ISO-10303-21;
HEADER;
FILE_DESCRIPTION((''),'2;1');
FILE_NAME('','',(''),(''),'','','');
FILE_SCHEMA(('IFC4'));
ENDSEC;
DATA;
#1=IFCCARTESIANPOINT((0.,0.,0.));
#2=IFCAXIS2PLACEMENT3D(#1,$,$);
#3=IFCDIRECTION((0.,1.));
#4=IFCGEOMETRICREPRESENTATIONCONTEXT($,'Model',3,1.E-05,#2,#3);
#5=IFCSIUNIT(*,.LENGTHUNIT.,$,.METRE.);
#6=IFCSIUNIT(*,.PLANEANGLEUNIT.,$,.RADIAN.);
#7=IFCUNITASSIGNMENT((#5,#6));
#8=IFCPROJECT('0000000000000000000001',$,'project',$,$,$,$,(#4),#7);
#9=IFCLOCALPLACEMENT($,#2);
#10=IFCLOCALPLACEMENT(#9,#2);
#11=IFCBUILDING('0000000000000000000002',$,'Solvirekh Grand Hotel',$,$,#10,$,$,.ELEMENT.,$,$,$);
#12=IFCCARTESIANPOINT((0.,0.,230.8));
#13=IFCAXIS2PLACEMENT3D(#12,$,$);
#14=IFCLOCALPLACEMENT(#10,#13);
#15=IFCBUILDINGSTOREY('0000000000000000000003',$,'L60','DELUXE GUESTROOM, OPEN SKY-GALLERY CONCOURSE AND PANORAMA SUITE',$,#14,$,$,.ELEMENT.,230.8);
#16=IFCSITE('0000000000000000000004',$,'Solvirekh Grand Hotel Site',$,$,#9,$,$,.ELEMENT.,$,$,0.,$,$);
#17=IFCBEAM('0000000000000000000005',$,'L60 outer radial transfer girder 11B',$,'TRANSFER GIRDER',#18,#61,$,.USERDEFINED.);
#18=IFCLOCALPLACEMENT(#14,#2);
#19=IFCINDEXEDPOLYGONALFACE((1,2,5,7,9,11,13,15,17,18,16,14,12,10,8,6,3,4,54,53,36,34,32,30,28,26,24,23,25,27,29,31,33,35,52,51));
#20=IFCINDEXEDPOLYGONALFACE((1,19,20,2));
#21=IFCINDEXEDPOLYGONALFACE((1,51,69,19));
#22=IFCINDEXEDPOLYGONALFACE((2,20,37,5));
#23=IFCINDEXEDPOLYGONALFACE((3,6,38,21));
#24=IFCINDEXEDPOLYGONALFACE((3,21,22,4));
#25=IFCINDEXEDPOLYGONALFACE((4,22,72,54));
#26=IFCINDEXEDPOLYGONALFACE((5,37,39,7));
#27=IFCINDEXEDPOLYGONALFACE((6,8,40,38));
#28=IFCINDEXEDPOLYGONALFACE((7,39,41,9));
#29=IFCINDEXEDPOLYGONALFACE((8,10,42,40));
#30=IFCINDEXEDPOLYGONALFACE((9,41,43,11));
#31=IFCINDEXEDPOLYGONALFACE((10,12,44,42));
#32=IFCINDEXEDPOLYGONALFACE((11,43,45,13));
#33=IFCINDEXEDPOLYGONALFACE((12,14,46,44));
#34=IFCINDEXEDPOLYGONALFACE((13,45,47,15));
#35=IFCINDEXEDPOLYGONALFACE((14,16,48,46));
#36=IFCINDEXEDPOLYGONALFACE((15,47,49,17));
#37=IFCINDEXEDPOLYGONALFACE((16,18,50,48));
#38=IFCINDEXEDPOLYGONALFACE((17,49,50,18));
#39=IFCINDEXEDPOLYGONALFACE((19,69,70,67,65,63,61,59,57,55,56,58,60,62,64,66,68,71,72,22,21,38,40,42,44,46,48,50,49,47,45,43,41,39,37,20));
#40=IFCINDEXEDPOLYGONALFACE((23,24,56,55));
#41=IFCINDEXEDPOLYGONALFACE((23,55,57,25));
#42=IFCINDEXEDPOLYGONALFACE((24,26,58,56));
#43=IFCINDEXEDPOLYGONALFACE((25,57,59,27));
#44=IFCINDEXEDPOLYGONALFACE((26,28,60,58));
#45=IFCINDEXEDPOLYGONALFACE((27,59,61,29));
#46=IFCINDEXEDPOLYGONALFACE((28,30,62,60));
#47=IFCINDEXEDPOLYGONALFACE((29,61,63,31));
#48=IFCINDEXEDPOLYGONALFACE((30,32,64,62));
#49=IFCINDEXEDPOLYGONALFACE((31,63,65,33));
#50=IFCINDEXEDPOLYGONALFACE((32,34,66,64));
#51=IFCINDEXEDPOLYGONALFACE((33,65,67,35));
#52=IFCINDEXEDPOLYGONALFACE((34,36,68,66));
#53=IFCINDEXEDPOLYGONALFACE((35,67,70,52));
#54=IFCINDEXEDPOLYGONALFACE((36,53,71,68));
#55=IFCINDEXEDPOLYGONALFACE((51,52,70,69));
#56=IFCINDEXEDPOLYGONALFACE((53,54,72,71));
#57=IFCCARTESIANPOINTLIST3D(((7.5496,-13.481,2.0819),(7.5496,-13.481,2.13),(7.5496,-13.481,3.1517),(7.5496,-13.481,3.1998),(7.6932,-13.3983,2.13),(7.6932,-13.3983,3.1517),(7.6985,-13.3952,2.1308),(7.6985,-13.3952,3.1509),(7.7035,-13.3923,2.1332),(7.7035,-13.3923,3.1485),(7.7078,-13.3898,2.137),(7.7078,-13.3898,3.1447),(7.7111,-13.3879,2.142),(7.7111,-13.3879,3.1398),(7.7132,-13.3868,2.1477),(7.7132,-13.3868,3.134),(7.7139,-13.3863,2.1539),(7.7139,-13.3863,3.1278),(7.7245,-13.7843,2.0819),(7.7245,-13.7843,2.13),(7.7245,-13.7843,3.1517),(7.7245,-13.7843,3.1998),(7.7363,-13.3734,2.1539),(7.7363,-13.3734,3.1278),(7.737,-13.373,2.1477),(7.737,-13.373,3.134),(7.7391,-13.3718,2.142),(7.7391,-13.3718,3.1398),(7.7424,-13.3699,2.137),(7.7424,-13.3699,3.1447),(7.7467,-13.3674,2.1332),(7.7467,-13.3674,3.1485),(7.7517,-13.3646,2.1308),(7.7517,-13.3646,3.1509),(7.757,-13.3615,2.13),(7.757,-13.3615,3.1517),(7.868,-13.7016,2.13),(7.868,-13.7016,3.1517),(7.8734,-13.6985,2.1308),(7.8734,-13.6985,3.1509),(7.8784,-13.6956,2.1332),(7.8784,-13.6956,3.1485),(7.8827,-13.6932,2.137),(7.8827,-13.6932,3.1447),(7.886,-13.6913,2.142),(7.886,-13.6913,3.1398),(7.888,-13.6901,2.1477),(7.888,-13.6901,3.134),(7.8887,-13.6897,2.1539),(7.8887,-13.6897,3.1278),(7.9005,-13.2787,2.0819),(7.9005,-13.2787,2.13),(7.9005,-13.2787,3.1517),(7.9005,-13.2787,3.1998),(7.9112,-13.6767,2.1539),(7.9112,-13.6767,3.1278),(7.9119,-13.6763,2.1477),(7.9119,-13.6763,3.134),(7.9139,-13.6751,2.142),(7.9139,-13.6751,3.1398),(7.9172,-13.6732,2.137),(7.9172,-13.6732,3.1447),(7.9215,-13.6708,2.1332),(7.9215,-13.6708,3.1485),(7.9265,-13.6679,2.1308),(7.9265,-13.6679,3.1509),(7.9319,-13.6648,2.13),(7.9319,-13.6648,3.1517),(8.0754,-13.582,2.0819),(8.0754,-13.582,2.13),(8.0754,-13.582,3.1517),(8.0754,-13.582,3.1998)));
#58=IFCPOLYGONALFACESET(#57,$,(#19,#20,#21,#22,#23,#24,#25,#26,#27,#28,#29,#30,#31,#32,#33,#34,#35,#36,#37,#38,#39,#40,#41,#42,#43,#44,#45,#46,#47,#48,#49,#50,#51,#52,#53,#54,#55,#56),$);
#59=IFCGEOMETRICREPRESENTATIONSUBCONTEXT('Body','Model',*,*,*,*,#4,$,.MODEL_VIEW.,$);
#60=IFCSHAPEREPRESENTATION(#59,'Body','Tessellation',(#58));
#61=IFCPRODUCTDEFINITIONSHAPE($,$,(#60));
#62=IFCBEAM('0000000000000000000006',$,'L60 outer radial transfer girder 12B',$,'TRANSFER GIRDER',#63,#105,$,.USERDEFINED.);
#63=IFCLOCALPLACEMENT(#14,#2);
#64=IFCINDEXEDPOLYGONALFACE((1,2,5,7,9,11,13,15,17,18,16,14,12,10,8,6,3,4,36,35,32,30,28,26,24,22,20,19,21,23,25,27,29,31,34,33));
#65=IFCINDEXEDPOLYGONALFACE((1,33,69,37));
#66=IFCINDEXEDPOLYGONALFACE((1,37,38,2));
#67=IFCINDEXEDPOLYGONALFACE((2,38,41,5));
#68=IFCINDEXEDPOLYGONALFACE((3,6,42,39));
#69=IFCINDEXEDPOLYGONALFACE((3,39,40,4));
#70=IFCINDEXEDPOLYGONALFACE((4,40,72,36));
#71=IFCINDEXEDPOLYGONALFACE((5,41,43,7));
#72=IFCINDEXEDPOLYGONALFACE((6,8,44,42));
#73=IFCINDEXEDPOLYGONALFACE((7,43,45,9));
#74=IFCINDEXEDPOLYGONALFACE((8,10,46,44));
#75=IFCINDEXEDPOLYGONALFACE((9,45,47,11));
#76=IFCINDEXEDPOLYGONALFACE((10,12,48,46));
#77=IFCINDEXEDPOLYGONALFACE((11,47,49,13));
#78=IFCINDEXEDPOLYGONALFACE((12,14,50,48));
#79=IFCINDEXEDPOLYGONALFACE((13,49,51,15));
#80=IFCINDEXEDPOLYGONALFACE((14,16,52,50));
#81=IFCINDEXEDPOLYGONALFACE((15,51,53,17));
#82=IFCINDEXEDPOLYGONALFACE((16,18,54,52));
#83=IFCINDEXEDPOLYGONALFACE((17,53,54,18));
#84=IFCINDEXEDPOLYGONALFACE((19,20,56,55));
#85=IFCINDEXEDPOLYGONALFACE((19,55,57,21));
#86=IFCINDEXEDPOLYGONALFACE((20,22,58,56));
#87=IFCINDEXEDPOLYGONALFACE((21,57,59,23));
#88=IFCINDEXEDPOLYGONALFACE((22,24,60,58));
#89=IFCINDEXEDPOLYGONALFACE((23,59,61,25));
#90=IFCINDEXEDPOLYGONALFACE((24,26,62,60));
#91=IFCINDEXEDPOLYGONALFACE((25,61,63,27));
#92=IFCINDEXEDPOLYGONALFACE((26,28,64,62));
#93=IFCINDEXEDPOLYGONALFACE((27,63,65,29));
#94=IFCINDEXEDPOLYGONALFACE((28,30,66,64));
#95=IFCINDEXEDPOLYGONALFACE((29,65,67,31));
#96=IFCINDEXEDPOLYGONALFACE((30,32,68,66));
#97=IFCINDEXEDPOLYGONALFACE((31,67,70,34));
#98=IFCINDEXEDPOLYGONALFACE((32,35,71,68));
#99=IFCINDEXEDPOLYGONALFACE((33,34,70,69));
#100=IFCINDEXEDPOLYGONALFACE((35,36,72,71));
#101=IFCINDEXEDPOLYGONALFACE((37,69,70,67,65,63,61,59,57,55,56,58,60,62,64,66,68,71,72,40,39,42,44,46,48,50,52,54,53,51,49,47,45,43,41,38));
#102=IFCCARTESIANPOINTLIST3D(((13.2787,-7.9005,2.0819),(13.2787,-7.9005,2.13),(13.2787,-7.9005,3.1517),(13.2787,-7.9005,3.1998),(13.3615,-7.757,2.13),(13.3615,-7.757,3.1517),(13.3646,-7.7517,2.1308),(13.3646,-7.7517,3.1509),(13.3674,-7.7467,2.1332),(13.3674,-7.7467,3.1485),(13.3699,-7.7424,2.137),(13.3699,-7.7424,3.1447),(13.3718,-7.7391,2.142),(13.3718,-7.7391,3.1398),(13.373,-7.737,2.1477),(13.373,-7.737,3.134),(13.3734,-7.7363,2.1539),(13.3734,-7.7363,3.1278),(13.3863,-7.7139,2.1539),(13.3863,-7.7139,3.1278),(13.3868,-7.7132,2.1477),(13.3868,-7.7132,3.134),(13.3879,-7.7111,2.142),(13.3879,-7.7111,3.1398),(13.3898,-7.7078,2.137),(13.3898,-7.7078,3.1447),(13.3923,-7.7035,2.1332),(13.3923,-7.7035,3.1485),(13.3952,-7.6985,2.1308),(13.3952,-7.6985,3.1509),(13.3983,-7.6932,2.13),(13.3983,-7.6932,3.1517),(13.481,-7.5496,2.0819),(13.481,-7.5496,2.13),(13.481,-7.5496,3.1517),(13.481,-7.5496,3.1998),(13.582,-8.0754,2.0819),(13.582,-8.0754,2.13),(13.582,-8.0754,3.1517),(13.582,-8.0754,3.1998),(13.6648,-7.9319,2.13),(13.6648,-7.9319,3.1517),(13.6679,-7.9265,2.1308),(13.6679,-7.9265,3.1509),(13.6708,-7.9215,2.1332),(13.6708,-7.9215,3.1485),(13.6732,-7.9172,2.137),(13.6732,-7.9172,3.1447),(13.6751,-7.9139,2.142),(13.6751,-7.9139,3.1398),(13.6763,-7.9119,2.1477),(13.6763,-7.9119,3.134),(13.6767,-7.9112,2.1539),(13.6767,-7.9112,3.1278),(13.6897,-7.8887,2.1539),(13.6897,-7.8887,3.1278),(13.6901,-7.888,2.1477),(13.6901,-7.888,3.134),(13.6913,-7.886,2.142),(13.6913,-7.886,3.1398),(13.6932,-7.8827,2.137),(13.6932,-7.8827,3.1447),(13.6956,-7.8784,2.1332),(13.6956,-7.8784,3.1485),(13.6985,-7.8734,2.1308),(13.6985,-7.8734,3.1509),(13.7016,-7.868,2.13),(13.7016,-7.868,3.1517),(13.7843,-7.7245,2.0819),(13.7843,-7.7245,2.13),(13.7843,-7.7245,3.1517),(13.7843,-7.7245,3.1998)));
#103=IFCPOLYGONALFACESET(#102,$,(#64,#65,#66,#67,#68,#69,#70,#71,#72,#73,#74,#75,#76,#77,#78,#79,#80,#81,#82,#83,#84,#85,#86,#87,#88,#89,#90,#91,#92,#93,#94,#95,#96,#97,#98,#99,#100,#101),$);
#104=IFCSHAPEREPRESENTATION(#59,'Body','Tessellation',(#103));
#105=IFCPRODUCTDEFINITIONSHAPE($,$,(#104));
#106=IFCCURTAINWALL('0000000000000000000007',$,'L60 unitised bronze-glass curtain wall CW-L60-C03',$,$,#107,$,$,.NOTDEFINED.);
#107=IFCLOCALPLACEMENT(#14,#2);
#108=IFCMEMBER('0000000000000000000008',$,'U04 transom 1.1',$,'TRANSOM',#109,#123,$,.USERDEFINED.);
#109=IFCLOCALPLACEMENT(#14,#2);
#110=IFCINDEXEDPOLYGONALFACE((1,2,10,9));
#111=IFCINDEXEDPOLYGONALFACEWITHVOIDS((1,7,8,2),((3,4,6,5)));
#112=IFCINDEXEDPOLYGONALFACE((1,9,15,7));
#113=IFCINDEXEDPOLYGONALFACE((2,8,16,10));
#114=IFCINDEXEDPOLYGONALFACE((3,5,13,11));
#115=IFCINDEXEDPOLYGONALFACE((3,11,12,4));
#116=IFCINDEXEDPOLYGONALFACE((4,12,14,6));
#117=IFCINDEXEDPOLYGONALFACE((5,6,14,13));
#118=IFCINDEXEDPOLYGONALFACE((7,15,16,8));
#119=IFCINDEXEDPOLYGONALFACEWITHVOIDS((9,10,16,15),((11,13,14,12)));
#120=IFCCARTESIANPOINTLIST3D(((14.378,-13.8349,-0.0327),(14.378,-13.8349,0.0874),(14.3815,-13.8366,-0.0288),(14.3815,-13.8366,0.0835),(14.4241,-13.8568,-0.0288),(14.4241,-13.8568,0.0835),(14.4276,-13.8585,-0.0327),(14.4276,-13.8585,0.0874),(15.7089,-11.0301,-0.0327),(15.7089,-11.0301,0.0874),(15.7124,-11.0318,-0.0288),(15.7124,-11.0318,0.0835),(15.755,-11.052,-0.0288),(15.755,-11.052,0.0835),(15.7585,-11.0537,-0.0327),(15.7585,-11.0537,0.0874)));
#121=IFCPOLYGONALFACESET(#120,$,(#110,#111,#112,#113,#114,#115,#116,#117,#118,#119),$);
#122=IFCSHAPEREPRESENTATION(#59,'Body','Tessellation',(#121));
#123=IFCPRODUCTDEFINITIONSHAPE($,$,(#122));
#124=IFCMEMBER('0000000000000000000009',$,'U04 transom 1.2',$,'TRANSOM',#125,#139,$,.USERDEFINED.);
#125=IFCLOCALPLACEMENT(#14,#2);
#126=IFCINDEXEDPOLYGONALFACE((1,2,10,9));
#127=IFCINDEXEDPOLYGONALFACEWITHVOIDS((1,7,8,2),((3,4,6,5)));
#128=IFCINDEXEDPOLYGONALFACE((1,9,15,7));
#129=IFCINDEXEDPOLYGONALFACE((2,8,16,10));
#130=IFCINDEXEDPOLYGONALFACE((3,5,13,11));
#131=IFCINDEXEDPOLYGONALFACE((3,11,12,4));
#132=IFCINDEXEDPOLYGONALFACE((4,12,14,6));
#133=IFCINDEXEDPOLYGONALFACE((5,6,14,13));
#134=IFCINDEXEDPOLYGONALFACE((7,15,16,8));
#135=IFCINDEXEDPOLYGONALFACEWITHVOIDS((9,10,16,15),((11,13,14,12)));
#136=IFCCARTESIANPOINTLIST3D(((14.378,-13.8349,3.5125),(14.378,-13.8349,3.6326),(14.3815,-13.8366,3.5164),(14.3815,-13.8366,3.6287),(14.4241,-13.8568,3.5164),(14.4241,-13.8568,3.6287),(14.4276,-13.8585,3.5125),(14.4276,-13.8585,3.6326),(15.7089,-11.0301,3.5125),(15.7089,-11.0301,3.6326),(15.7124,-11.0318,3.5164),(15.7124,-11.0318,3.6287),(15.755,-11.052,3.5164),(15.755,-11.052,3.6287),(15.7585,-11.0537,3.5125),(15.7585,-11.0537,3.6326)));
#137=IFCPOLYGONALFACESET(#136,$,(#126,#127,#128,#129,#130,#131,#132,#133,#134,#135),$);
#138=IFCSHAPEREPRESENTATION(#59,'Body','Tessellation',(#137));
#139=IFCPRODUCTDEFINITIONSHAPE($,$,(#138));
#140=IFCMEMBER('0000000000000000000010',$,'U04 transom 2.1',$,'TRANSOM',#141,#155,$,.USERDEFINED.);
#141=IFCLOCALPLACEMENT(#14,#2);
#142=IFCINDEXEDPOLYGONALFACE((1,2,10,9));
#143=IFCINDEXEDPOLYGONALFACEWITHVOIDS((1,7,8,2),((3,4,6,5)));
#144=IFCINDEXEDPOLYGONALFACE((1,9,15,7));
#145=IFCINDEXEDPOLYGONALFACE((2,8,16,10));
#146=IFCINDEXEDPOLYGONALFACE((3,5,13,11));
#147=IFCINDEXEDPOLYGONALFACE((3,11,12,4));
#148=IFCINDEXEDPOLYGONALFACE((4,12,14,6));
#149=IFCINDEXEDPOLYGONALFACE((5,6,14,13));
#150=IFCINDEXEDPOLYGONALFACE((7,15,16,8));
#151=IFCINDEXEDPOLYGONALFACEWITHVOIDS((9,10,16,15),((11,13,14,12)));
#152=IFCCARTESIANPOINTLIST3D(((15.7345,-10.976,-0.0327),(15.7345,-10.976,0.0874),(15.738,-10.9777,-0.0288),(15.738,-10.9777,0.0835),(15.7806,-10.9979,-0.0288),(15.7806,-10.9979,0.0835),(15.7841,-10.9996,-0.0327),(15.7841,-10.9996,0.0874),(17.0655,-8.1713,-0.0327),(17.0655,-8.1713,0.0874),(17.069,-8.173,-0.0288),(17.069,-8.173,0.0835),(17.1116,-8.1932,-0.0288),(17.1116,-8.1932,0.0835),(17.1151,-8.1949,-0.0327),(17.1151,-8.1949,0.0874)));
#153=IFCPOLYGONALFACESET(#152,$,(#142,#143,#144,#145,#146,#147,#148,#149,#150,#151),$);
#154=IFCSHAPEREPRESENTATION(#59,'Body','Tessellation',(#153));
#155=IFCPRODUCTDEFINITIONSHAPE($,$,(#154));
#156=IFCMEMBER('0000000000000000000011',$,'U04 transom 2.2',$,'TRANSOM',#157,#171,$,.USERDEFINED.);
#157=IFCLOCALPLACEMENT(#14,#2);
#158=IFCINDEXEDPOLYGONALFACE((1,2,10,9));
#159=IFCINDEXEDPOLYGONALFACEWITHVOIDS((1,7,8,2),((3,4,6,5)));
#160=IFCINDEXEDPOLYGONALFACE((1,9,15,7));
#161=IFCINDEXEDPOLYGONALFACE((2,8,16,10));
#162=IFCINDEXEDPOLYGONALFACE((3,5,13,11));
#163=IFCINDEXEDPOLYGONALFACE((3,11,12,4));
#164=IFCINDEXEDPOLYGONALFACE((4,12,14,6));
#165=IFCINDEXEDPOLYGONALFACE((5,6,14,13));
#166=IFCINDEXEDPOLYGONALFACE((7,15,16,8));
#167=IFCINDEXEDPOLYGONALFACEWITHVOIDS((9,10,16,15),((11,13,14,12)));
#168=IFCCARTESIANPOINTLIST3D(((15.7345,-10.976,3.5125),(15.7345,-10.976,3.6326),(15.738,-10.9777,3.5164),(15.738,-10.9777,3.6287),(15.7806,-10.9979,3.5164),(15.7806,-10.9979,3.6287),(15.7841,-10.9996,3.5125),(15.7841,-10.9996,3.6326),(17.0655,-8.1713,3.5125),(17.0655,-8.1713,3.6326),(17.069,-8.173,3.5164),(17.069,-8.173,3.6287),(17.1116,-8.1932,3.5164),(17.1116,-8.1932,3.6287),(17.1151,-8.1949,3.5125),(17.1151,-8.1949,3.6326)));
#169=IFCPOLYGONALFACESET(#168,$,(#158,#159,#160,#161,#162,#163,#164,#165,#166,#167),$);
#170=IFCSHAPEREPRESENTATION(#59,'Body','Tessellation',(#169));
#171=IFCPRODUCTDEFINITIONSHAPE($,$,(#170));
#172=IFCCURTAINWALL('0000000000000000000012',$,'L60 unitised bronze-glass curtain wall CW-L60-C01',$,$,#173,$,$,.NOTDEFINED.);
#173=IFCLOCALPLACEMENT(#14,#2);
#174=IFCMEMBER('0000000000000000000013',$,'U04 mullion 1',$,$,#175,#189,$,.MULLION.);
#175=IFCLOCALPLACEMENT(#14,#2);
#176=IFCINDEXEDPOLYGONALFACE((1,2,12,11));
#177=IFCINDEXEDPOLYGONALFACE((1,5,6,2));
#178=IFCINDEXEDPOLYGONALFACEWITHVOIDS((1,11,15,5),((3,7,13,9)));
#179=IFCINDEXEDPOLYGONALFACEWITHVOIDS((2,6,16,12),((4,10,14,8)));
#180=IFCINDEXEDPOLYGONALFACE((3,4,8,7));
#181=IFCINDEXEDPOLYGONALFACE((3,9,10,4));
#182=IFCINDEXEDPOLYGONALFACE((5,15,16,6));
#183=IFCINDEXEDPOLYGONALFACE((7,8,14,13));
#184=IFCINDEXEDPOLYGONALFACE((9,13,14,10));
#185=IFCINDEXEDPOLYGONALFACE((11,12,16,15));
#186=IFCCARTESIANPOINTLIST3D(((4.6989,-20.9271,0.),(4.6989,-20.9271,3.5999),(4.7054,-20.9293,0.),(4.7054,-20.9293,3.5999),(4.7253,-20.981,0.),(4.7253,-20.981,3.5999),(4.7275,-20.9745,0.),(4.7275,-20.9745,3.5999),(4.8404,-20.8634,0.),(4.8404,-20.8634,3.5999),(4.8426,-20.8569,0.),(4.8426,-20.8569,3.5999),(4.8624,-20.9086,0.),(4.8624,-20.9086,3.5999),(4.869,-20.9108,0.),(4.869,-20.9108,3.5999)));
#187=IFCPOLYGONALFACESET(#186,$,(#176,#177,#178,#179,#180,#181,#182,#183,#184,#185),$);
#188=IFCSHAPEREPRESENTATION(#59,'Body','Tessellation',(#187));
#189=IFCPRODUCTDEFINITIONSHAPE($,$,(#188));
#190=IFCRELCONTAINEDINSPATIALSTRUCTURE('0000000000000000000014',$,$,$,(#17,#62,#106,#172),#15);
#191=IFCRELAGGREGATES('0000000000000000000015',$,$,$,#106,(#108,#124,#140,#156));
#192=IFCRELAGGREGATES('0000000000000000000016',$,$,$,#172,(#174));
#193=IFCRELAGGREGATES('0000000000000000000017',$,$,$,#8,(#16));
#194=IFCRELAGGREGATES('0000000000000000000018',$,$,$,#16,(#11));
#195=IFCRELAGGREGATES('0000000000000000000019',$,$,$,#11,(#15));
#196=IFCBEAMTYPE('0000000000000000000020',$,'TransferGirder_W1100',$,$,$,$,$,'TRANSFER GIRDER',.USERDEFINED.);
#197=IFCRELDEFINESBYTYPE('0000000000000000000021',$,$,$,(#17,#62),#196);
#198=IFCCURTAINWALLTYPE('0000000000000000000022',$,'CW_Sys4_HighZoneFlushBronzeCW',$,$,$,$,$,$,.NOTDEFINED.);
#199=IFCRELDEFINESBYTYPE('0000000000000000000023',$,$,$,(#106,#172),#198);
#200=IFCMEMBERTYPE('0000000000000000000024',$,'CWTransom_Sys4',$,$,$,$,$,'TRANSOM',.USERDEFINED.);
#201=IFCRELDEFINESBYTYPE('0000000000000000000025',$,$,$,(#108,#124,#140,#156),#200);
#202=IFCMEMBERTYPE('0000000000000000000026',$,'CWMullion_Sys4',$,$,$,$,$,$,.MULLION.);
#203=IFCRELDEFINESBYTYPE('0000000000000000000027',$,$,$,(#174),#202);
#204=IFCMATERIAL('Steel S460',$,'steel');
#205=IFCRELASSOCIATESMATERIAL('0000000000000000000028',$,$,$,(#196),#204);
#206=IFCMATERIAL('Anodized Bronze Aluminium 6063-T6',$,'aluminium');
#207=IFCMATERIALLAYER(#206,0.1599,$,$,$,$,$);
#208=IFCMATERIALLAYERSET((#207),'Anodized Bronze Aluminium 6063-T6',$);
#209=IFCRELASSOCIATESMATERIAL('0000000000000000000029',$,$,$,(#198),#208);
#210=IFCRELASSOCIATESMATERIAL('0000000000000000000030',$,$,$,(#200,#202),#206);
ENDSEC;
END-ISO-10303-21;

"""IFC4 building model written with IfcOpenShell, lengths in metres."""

from ifc_helpers import new_model, si_unit, direction, frame, origin, origin_2d, place, context, subcontext, project, spatial, hollow_rectangle, i_section, extrude, source, transform, mapped, material, layer, layer_set, material_profile, profile_set, type_object, element, aggregate, save


model = new_model("IFC4")

# Units and contexts
model_context = context("Model", 3, precision=1e-05, world=origin(), true_north=direction((0.0, 1.0)))
body_context = subcontext(model_context, "Body", "Model", "MODEL_VIEW")
ifc_project = project(units=[si_unit("LENGTHUNIT", "METRE"), si_unit("PLANEANGLEUNIT", "RADIAN")], contexts=[model_context])

# Site, building, storey
site_placement = place(None, origin())
site = spatial("IfcSite", under=ifc_project, at=site_placement, Name="Solvirekh Grand Hotel Site", CompositionType="ELEMENT", RefElevation=0.0)
building_placement = place(site_placement, origin())
building = spatial("IfcBuilding", under=site, at=building_placement, Name="Solvirekh Grand Hotel", CompositionType="ELEMENT")
storey_placement = place(building_placement, frame((0.0, 0.0, 230.8)))
storey = spatial("IfcBuildingStorey", under=building, at=storey_placement, Name="L60", Description="DELUXE GUESTROOM, OPEN SKY-GALLERY CONCOURSE AND PANORAMA SUITE", CompositionType="ELEMENT", Elevation=230.8)

# Beams
ifc_material_1 = material(Name="Steel S460", Category="steel")
ifc_material_profile_1 = material_profile(ifc_material_1, i_section(OverallWidth=0.405, OverallDepth=1.1179, WebThickness=0.0259, FlangeThickness=0.0481, FilletRadius=0.0239, at=origin_2d()), Name="W1100X499")
ifc_profile_set_1 = profile_set([ifc_material_profile_1], Name="Steel S460")
beam_type_1 = type_object("IfcBeamType", Name="TransferGirder_W1100", ElementType="TRANSFER GIRDER", PredefinedType="USERDEFINED", material=ifc_profile_set_1)
for number, where, z_axis, x_axis, name in (
    (1, (7.7251, -13.3799, 2.6409), (0.499441, -0.866348, 0.0), (0.866348, 0.499441, 0.0), "L60 outer radial transfer girder 11B"),
    (2, (13.3799, -7.7251, 2.6409), (0.866348, -0.499441, 0.0), (0.499441, 0.866348, 0.0), "L60 outer radial transfer girder 12B"),
):
    element("IfcBeam", number, at=place(storey_placement, frame(where, z_axis=z_axis, x_axis=x_axis)), inside=storey, type_object=beam_type_1, Name=name, ObjectType="TRANSFER GIRDER", PredefinedType="USERDEFINED", context=body_context, shape_type="SweptSolid", body=[
        extrude(i_section(OverallWidth=0.405, OverallDepth=1.1179, WebThickness=0.0259, FlangeThickness=0.0481, FilletRadius=0.0239, at=origin_2d()), origin(), (0.0, 0.0, 1.0), 0.3501),
    ])

# Curtain walls, members
ifc_material_2 = material(Name="Anodized Bronze Aluminium 6063-T6", Category="aluminium")
ifc_layer_1 = layer(ifc_material_2, 0.1599)
ifc_layer_set_1 = layer_set([ifc_layer_1], Name="Anodized Bronze Aluminium 6063-T6")
curtain_wall_type = type_object("IfcCurtainWallType", Name="CW_Sys4_HighZoneFlushBronzeCW", PredefinedType="NOTDEFINED", material=ifc_layer_set_1)
curtain_wall_1_placement = place(storey_placement, origin())
curtain_wall_1 = element("IfcCurtainWall", 3, at=curtain_wall_1_placement, inside=storey, type_object=curtain_wall_type, Name="L60 unitised bronze-glass curtain wall CW-L60-C03", PredefinedType="NOTDEFINED")
ifc_material_profile_2 = material_profile(ifc_material_2, hollow_rectangle(XDim=0.0549, YDim=0.1201, WallThickness=0.0039, at=origin_2d()), Name="ALU RHS 120X55X4")
ifc_profile_set_2 = profile_set([ifc_material_profile_2], Name="Anodized Bronze Aluminium 6063-T6")
member_type_1 = type_object("IfcMemberType", Name="CWTransom_Sys4", ElementType="TRANSOM", PredefinedType="USERDEFINED", material=ifc_profile_set_2)
shared_shape_1 = source(origin(), body_context, "Body", "SweptSolid", [
    extrude(hollow_rectangle(XDim=0.0549, YDim=0.1201, WallThickness=0.0039, at=origin_2d()), origin(), (0.0, 0.0, 1.0), 3.1045),
])
member_1_placement = place(storey_placement, frame((14.4028, -13.8467, 0.0273), z_axis=(0.428685, 0.903454, 0.0), x_axis=(-0.903454, 0.428685, 0.0)))
member_1 = element("IfcMember", 4, at=member_1_placement, type_object=member_type_1, Name="U04 transom 1.1", ObjectType="TRANSOM", PredefinedType="USERDEFINED", context=body_context, shape_type="MappedRepresentation", body=[
    mapped(shared_shape_1, transform((0.0, 0.0, 0.0), x_axis=(1.0, 0.0, 0.0), y_axis=(0.0, 1.0, 0.0), z_axis=(0.0, 0.0, 1.0), scale=1.0)),
])
member_2_placement = place(storey_placement, frame((14.4028, -13.8467, 3.5725), z_axis=(0.428685, 0.903454, 0.0), x_axis=(-0.903454, 0.428685, 0.0)))
member_2 = element("IfcMember", 5, at=member_2_placement, type_object=member_type_1, Name="U04 transom 1.2", ObjectType="TRANSOM", PredefinedType="USERDEFINED", context=body_context, shape_type="MappedRepresentation", body=[
    mapped(shared_shape_1, transform((0.0, 0.0, 0.0), x_axis=(1.0, 0.0, 0.0), y_axis=(0.0, 1.0, 0.0), z_axis=(0.0, 0.0, 1.0), scale=1.0)),
])
member_3_placement = place(storey_placement, frame((15.7593, -10.9878, 0.0273), z_axis=(0.428749, 0.903424, 0.0), x_axis=(-0.903424, 0.428749, 0.0)))
member_3 = element("IfcMember", 6, at=member_3_placement, type_object=member_type_1, Name="U04 transom 2.1", ObjectType="TRANSOM", PredefinedType="USERDEFINED", context=body_context, shape_type="MappedRepresentation", body=[
    mapped(shared_shape_1, transform((0.0, 0.0, 0.0), x_axis=(1.0, 0.0, 0.0), y_axis=(0.0, 1.0, 0.0), z_axis=(0.0, 0.0, 1.0), scale=1.0)),
])
member_4_placement = place(storey_placement, frame((15.7593, -10.9878, 3.5725), z_axis=(0.428749, 0.903424, 0.0), x_axis=(-0.903424, 0.428749, 0.0)))
member_4 = element("IfcMember", 7, at=member_4_placement, type_object=member_type_1, Name="U04 transom 2.2", ObjectType="TRANSOM", PredefinedType="USERDEFINED", context=body_context, shape_type="MappedRepresentation", body=[
    mapped(shared_shape_1, transform((0.0, 0.0, 0.0), x_axis=(1.0, 0.0, 0.0), y_axis=(0.0, 1.0, 0.0), z_axis=(0.0, 0.0, 1.0), scale=1.0)),
])
curtain_wall_2_placement = place(storey_placement, origin())
curtain_wall_2 = element("IfcCurtainWall", 8, at=curtain_wall_2_placement, inside=storey, type_object=curtain_wall_type, Name="L60 unitised bronze-glass curtain wall CW-L60-C01", PredefinedType="NOTDEFINED")
ifc_material_profile_3 = material_profile(ifc_material_2, hollow_rectangle(XDim=0.0601, YDim=0.1599, WallThickness=0.0049, at=origin_2d()), Name="ALU RHS 160X60X5")
ifc_profile_set_3 = profile_set([ifc_material_profile_3], Name="Anodized Bronze Aluminium 6063-T6")
member_type_2 = type_object("IfcMemberType", Name="CWMullion_Sys4", PredefinedType="MULLION", material=ifc_profile_set_3)
shared_shape_2 = source(origin(), body_context, "Body", "SweptSolid", [
    extrude(hollow_rectangle(XDim=0.0601, YDim=0.1599, WallThickness=0.0049, at=origin_2d()), origin(), (0.0, 0.0, 1.0), 3.5999),
])
member_5_placement = place(storey_placement, frame((4.7839, -20.9189, 0.0), z_axis=(0.0, 0.0, 1.0), x_axis=(-0.438882, 0.898544, 0.0)))
member_5 = element("IfcMember", 9, at=member_5_placement, type_object=member_type_2, Name="U04 mullion 1", PredefinedType="MULLION", context=body_context, shape_type="MappedRepresentation", body=[
    mapped(shared_shape_2, transform((0.0, 0.0, 0.0), x_axis=(1.0, 0.0, 0.0), y_axis=(0.0, 1.0, 0.0), z_axis=(0.0, 0.0, 1.0), scale=1.0)),
])

aggregate(curtain_wall_1, [member_1, member_2, member_3, member_4])
aggregate(curtain_wall_2, [member_5])

save(model, "model.ifc")
